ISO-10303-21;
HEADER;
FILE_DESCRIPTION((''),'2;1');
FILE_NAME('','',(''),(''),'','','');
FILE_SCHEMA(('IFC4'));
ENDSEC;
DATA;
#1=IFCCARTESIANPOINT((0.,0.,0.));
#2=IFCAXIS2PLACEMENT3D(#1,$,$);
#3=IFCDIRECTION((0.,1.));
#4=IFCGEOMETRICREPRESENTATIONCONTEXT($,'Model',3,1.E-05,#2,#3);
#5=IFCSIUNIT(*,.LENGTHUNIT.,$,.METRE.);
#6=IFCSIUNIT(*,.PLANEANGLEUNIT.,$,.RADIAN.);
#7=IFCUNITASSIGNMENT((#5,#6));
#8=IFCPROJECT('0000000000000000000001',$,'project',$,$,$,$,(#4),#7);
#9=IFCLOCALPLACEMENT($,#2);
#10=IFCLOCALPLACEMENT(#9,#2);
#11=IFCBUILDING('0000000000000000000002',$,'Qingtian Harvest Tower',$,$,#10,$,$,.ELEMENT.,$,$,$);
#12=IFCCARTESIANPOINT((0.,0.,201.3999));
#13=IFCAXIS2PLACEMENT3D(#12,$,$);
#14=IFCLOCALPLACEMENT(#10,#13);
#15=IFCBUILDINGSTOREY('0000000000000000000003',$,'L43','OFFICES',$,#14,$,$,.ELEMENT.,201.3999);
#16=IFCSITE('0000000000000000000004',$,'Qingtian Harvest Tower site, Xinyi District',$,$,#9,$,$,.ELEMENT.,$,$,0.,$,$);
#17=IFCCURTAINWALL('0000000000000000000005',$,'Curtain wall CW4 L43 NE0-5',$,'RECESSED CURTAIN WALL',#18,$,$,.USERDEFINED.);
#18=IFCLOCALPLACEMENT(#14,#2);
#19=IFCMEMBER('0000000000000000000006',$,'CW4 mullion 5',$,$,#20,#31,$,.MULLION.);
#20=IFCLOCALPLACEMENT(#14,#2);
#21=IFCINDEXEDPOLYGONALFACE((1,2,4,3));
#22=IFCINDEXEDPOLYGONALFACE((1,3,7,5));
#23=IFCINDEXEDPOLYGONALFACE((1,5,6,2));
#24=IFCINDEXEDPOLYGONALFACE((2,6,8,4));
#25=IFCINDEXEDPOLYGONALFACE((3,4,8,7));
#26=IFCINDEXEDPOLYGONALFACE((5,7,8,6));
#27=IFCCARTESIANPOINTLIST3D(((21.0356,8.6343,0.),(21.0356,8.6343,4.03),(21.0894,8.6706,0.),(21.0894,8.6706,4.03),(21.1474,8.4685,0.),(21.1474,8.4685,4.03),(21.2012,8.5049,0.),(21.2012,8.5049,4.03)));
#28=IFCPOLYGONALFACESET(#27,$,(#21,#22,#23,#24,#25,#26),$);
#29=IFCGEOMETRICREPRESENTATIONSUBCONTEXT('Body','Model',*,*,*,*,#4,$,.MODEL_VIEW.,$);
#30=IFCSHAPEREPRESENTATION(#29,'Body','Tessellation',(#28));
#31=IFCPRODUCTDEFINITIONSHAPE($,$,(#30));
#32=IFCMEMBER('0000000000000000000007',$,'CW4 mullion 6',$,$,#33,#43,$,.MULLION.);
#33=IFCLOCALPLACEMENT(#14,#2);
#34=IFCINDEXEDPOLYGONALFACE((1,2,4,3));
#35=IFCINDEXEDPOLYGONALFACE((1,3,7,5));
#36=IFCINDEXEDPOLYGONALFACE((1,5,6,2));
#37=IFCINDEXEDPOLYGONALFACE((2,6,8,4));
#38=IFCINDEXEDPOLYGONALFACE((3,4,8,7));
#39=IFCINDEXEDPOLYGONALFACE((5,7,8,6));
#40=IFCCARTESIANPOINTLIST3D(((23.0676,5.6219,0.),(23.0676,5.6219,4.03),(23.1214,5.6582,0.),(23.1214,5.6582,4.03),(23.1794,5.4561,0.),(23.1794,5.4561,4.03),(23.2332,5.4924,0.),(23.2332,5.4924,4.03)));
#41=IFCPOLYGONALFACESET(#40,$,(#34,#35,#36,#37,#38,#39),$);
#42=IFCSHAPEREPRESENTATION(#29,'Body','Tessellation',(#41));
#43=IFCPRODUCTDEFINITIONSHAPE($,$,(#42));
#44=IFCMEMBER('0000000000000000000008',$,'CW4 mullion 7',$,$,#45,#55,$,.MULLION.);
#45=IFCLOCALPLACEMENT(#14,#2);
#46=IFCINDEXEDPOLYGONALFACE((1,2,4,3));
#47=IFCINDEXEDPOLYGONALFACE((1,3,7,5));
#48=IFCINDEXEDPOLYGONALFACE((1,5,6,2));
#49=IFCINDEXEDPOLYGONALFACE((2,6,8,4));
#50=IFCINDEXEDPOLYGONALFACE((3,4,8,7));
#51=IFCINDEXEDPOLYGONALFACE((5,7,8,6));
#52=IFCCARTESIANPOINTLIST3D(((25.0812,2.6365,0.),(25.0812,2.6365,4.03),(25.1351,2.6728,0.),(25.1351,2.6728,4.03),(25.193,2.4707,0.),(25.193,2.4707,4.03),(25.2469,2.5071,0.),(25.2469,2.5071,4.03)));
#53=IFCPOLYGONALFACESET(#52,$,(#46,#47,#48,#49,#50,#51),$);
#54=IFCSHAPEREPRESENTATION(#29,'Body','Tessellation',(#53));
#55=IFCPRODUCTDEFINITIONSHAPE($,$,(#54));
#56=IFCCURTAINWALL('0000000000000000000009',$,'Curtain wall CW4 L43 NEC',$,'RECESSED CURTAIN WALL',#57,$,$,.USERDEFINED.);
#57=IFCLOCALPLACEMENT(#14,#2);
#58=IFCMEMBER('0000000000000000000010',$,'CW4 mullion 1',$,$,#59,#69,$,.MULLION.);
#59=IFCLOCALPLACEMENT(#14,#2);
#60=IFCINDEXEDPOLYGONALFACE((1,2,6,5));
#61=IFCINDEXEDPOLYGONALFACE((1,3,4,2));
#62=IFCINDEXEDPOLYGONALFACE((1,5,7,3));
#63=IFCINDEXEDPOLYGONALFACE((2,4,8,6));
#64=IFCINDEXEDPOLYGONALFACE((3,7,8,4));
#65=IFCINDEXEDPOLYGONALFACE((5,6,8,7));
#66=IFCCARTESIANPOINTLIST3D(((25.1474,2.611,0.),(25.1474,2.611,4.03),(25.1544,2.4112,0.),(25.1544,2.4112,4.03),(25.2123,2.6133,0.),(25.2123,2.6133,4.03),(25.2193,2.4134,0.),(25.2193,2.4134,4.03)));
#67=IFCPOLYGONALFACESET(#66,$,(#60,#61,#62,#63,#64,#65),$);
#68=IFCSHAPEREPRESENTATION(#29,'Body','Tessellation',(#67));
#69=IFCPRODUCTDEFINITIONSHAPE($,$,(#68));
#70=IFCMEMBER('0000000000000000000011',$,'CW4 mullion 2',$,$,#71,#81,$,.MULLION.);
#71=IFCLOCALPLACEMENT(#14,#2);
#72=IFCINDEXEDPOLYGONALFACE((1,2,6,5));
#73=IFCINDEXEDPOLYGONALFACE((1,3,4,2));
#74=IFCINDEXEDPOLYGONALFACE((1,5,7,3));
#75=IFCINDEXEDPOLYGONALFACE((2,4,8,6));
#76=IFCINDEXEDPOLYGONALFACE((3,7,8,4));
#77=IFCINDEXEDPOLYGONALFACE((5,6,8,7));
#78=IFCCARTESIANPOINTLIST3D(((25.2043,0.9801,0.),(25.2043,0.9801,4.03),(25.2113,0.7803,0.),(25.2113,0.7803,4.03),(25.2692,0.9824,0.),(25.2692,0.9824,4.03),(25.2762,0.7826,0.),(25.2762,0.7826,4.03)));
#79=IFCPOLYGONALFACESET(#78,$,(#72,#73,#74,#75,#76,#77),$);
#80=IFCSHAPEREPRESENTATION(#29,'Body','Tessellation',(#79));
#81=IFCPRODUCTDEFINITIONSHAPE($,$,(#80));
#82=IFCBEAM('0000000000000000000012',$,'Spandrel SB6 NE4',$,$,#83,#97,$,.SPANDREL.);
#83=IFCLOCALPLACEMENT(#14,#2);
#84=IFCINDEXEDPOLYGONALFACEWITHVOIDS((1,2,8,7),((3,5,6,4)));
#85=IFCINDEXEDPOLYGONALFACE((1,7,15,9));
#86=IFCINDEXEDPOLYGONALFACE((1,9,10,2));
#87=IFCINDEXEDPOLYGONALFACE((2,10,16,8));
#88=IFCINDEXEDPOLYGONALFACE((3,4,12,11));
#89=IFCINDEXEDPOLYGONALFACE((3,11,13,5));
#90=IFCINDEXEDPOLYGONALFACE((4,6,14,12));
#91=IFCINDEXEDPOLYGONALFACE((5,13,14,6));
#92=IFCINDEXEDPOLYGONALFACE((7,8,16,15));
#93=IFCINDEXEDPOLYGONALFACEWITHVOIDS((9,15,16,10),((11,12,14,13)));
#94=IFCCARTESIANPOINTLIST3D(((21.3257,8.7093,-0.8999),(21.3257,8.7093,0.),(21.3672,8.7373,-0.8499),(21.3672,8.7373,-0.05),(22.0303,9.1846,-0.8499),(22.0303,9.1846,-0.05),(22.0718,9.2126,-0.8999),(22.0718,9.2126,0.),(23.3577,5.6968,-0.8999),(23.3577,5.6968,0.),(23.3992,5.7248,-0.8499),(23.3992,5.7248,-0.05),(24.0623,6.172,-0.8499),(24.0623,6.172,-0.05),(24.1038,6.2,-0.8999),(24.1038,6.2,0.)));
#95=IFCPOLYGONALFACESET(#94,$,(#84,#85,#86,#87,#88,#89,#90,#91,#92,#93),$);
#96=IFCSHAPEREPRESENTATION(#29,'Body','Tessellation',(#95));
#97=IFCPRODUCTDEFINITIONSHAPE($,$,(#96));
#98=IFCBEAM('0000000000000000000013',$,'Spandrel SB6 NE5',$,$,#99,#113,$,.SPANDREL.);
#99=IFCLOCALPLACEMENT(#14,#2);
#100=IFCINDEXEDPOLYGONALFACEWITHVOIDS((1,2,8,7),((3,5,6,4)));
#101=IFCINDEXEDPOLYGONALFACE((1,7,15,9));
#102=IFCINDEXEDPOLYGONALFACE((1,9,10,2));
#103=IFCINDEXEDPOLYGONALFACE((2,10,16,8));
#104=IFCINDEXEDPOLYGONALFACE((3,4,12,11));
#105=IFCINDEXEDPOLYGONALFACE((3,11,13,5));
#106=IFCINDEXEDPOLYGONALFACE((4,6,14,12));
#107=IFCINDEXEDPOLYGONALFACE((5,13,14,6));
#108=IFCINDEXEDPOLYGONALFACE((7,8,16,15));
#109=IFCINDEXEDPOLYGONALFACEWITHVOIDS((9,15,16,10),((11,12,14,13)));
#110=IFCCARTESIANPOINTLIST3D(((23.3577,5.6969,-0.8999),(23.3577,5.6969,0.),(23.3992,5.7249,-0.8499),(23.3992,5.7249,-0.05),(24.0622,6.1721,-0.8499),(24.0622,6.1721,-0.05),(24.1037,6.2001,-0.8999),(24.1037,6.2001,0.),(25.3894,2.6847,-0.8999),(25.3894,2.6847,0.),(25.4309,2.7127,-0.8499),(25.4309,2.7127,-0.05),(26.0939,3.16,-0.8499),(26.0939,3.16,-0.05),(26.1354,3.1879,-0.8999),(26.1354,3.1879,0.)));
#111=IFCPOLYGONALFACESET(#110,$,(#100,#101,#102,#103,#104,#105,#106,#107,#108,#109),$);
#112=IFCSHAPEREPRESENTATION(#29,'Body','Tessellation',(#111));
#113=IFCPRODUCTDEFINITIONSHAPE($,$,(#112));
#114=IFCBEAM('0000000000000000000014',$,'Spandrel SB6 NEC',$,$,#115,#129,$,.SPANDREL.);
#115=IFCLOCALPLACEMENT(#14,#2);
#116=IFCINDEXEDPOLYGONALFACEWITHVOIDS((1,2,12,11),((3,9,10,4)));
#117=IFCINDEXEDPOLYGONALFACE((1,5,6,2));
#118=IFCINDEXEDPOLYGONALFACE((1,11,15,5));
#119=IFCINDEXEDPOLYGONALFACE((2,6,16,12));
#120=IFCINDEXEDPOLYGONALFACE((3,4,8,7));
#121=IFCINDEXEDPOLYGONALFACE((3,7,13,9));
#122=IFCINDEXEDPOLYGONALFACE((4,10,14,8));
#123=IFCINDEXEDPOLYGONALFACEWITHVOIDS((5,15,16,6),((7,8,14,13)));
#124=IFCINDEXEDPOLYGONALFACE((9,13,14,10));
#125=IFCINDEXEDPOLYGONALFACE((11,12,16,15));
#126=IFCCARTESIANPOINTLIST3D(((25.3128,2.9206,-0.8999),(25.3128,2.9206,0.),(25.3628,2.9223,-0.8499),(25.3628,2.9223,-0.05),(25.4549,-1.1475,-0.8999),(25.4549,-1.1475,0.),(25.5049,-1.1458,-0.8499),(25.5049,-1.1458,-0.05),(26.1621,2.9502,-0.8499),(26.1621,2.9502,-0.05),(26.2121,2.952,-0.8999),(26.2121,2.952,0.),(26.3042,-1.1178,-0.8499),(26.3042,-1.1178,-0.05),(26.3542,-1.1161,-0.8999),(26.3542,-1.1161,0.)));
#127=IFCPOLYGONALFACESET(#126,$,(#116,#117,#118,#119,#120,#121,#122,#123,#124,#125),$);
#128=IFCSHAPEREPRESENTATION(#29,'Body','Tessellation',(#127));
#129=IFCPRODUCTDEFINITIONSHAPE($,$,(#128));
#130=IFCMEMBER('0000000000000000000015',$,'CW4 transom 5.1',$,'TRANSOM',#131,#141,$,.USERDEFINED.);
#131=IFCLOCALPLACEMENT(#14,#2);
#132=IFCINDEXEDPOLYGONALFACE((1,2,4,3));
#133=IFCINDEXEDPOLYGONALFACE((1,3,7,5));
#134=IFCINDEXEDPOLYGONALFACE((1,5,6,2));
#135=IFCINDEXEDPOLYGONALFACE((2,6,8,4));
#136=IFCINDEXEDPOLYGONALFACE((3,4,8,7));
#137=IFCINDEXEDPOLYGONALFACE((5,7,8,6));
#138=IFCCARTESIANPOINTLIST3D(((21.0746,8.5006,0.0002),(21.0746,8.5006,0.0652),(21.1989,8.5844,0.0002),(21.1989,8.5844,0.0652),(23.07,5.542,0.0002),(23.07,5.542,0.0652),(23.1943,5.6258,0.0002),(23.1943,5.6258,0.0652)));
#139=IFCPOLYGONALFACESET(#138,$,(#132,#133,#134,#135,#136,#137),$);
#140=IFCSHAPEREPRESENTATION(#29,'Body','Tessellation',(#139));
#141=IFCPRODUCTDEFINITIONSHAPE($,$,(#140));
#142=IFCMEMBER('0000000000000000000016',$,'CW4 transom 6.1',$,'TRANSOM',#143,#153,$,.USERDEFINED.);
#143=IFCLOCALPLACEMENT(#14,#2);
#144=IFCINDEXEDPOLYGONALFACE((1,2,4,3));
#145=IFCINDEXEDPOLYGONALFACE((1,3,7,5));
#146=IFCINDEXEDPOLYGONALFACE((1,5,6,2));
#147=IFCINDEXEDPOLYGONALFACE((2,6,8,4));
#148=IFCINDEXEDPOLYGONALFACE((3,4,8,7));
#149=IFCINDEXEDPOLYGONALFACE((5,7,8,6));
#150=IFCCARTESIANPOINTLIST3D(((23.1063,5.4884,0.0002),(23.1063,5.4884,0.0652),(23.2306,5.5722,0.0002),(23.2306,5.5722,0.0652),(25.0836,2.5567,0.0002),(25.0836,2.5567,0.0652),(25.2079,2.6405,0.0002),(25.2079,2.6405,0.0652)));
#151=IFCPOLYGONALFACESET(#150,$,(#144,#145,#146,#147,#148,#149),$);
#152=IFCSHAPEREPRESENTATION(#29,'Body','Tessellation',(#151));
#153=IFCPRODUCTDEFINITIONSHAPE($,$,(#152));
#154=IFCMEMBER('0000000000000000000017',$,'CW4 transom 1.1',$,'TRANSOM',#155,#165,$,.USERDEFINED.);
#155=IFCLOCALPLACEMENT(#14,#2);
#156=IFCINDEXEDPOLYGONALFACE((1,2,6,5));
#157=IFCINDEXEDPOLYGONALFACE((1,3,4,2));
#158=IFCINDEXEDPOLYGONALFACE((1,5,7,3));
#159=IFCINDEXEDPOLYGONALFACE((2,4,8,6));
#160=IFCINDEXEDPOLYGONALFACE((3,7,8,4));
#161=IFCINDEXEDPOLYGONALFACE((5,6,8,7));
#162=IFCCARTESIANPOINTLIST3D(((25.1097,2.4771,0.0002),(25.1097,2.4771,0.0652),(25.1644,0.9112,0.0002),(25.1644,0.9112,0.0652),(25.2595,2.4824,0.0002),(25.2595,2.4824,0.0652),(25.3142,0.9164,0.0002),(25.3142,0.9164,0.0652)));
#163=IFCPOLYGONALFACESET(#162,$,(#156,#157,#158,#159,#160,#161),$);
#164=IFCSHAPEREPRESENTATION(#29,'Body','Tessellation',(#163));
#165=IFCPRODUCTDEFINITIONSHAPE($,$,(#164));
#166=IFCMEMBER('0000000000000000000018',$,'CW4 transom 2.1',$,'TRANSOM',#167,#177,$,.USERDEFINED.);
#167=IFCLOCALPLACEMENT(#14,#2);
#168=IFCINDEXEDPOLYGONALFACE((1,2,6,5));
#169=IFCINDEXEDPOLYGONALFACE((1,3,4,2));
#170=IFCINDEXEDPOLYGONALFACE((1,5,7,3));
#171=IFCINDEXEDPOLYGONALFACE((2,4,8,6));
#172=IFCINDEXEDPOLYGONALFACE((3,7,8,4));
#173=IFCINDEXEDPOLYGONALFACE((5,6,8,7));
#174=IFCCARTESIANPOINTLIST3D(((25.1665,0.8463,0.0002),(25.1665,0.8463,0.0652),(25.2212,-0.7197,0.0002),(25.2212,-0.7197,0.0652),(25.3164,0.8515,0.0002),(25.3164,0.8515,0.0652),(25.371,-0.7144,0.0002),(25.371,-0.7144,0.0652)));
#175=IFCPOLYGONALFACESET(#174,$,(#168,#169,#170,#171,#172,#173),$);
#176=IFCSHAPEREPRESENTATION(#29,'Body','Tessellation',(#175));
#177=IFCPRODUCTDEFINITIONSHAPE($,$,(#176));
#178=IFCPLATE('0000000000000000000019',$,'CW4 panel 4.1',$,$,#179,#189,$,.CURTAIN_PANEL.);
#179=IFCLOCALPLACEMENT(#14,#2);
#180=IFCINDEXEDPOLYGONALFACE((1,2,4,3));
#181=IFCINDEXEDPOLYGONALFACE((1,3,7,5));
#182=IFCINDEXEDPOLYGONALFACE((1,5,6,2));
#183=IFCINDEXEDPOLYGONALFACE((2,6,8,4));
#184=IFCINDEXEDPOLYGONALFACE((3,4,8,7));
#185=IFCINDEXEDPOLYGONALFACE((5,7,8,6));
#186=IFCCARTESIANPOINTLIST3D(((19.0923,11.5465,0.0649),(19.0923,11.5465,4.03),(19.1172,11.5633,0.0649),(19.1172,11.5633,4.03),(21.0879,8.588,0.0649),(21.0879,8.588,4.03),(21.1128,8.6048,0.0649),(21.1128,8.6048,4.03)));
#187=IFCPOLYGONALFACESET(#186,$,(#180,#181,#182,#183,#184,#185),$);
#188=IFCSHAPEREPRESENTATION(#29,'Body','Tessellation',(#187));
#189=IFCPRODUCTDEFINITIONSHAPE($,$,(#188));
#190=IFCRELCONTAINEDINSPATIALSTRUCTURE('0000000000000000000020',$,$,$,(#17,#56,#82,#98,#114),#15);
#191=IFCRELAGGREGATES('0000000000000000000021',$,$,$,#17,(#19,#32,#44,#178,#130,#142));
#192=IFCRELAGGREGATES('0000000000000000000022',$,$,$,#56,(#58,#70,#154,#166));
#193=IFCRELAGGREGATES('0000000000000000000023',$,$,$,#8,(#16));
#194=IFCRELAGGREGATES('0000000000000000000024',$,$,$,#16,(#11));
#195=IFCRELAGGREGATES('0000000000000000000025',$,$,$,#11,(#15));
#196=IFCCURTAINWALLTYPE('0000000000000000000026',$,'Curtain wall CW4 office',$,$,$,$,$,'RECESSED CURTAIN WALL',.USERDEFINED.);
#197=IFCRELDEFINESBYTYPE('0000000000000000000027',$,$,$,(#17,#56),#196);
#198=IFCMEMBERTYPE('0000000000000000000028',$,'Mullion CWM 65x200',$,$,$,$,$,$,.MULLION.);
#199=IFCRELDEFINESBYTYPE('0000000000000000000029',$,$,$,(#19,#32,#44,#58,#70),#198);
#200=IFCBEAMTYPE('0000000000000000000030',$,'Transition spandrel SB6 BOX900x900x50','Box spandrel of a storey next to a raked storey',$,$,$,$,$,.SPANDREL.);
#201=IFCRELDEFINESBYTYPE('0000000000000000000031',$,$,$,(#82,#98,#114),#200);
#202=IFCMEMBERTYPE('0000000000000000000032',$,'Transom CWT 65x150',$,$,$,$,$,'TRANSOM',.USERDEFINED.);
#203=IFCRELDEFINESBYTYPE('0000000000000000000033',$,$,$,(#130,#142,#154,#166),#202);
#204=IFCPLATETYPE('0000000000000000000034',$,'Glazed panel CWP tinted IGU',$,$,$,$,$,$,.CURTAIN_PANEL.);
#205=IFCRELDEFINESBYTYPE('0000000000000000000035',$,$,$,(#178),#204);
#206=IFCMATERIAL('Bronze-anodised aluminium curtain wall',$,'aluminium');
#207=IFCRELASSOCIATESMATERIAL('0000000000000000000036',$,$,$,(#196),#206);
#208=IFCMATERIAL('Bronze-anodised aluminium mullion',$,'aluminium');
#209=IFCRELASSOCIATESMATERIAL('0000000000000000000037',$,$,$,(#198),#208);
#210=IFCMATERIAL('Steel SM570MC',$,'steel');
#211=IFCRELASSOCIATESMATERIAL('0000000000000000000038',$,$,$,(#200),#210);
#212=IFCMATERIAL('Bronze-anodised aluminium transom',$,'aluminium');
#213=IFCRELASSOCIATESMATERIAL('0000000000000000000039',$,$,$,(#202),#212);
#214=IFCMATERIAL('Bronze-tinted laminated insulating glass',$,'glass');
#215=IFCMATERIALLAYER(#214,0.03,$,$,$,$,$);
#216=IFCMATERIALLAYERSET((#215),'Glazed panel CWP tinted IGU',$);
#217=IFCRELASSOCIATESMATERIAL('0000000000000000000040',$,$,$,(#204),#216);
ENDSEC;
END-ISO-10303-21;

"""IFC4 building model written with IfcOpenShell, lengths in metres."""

from ifc_helpers import new_model, si_unit, direction, frame, origin, origin_2d, place, context, subcontext, project, spatial, rectangle, hollow_rectangle, extrude, material, layer, layer_set, material_profile, profile_set, type_object, element, aggregate, save


model = new_model("IFC4")

# Units and contexts
model_context = context("Model", 3, precision=1e-05, world=origin(), true_north=direction((0.0, 1.0)))
body_context = subcontext(model_context, "Body", "Model", "MODEL_VIEW")
ifc_project = project(units=[si_unit("LENGTHUNIT", "METRE"), si_unit("PLANEANGLEUNIT", "RADIAN")], contexts=[model_context])

# Site, building, storey
site_placement = place(None, origin())
site = spatial("IfcSite", under=ifc_project, at=site_placement, Name="Qingtian Harvest Tower site, Xinyi District", CompositionType="ELEMENT", RefElevation=0.0)
building_placement = place(site_placement, origin())
building = spatial("IfcBuilding", under=site, at=building_placement, Name="Qingtian Harvest Tower", CompositionType="ELEMENT")
storey_placement = place(building_placement, frame((0.0, 0.0, 201.3999)))
storey = spatial("IfcBuildingStorey", under=building, at=storey_placement, Name="L43", Description="OFFICES", CompositionType="ELEMENT", Elevation=201.3999)

# Curtain walls, members
ifc_material_1 = material(Name="Bronze-anodised aluminium curtain wall", Category="aluminium")
curtain_wall_type = type_object("IfcCurtainWallType", Name="Curtain wall CW4 office", ElementType="RECESSED CURTAIN WALL", PredefinedType="USERDEFINED", material=ifc_material_1)
curtain_wall_1_placement = place(storey_placement, origin())
curtain_wall_1 = element("IfcCurtainWall", 1, at=curtain_wall_1_placement, inside=storey, type_object=curtain_wall_type, Name="Curtain wall CW4 L43 NE0-5", ObjectType="RECESSED CURTAIN WALL", PredefinedType="USERDEFINED")
ifc_material_2 = material(Name="Bronze-anodised aluminium mullion", Category="aluminium")
ifc_material_profile_1 = material_profile(ifc_material_2, rectangle(XDim=0.0649, YDim=0.2, at=origin_2d()), Name="AL 65x200")
ifc_profile_set_1 = profile_set([ifc_material_profile_1], Name="Bronze-anodised aluminium mullion")
member_type_1 = type_object("IfcMemberType", Name="Mullion CWM 65x200", PredefinedType="MULLION", material=ifc_profile_set_1)
member_1_placement = place(storey_placement, frame((21.1184, 8.5696, 0.0), z_axis=(0.0, 0.0, 1.0), x_axis=(0.829038, 0.559193, 0.0)))
member_1 = element("IfcMember", 2, at=member_1_placement, type_object=member_type_1, Name="CW4 mullion 5", PredefinedType="MULLION", context=body_context, shape_type="SweptSolid", body=[
    extrude(rectangle(XDim=0.0649, YDim=0.2, at=origin_2d()), origin(), (0.0, 0.0, 1.0), 4.03),
])
member_2_placement = place(storey_placement, frame((23.1504, 5.5571, 0.0), z_axis=(0.0, 0.0, 1.0), x_axis=(0.829038, 0.559193, 0.0)))
member_2 = element("IfcMember", 3, at=member_2_placement, type_object=member_type_1, Name="CW4 mullion 6", PredefinedType="MULLION", context=body_context, shape_type="SweptSolid", body=[
    extrude(rectangle(XDim=0.0649, YDim=0.2, at=origin_2d()), origin(), (0.0, 0.0, 1.0), 4.03),
])
member_3_placement = place(storey_placement, frame((25.1641, 2.5718, 0.0), z_axis=(0.0, 0.0, 1.0), x_axis=(0.829038, 0.559193, 0.0)))
member_3 = element("IfcMember", 4, at=member_3_placement, type_object=member_type_1, Name="CW4 mullion 7", PredefinedType="MULLION", context=body_context, shape_type="SweptSolid", body=[
    extrude(rectangle(XDim=0.0649, YDim=0.2, at=origin_2d()), origin(), (0.0, 0.0, 1.0), 4.03),
])
curtain_wall_2_placement = place(storey_placement, origin())
curtain_wall_2 = element("IfcCurtainWall", 5, at=curtain_wall_2_placement, inside=storey, type_object=curtain_wall_type, Name="Curtain wall CW4 L43 NEC", ObjectType="RECESSED CURTAIN WALL", PredefinedType="USERDEFINED")
member_4_placement = place(storey_placement, frame((25.1833, 2.5122, 0.0), z_axis=(0.0, 0.0, 1.0), x_axis=(0.999391, 0.034899, 0.0)))
member_4 = element("IfcMember", 6, at=member_4_placement, type_object=member_type_1, Name="CW4 mullion 1", PredefinedType="MULLION", context=body_context, shape_type="SweptSolid", body=[
    extrude(rectangle(XDim=0.0649, YDim=0.2, at=origin_2d()), origin(), (0.0, 0.0, 1.0), 4.03),
])
member_5_placement = place(storey_placement, frame((25.2402, 0.8813, 0.0), z_axis=(0.0, 0.0, 1.0), x_axis=(0.999391, 0.034899, 0.0)))
member_5 = element("IfcMember", 7, at=member_5_placement, type_object=member_type_1, Name="CW4 mullion 2", PredefinedType="MULLION", context=body_context, shape_type="SweptSolid", body=[
    extrude(rectangle(XDim=0.0649, YDim=0.2, at=origin_2d()), origin(), (0.0, 0.0, 1.0), 4.03),
])

# Beams
ifc_material_3 = material(Name="Steel SM570MC", Category="steel")
ifc_material_profile_2 = material_profile(ifc_material_3, hollow_rectangle(XDim=0.8999, YDim=0.8999, WallThickness=0.05, at=origin_2d()), Name="BOX900x900x50")
ifc_profile_set_2 = profile_set([ifc_material_profile_2], Name="Steel SM570MC")
beam_type_1 = type_object("IfcBeamType", Name="Transition spandrel SB6 BOX900x900x50", Description="Box spandrel of a storey next to a raked storey", PredefinedType="SPANDREL", material=ifc_profile_set_2)
beam_1_placement = place(storey_placement, frame((21.6987, 8.9609, -0.45), z_axis=(0.559204, -0.82903, 0.0), x_axis=(0.82903, 0.559204, 0.0)))
element("IfcBeam", 8, at=beam_1_placement, inside=storey, type_object=beam_type_1, Name="Spandrel SB6 NE4", PredefinedType="SPANDREL", context=body_context, shape_type="SweptSolid", body=[
    extrude(hollow_rectangle(XDim=0.8999, YDim=0.8999, WallThickness=0.05, at=origin_2d()), origin(), (0.0, 0.0, 1.0), 3.6338),
])
beam_2_placement = place(storey_placement, frame((23.7307, 5.9485, -0.45), z_axis=(0.559189, -0.82904, 0.0), x_axis=(0.82904, 0.559189, 0.0)))
element("IfcBeam", 9, at=beam_2_placement, inside=storey, type_object=beam_type_1, Name="Spandrel SB6 NE5", PredefinedType="SPANDREL", context=body_context, shape_type="SweptSolid", body=[
    extrude(hollow_rectangle(XDim=0.8999, YDim=0.8999, WallThickness=0.05, at=origin_2d()), origin(), (0.0, 0.0, 1.0), 3.6333),
])
beam_3_placement = place(storey_placement, frame((25.7625, 2.9363, -0.45), z_axis=(0.034906, -0.999391, 0.0), x_axis=(0.999391, 0.034906, 0.0)))
element("IfcBeam", 10, at=beam_3_placement, inside=storey, type_object=beam_type_1, Name="Spandrel SB6 NEC", PredefinedType="SPANDREL", context=body_context, shape_type="SweptSolid", body=[
    extrude(hollow_rectangle(XDim=0.8999, YDim=0.8999, WallThickness=0.05, at=origin_2d()), origin(), (0.0, 0.0, 1.0), 4.0706),
])

# Members
ifc_material_4 = material(Name="Bronze-anodised aluminium transom", Category="aluminium")
ifc_material_profile_3 = material_profile(ifc_material_4, rectangle(XDim=0.1499, YDim=0.0649, at=origin_2d()), Name="AL 65x150")
ifc_profile_set_3 = profile_set([ifc_material_profile_3], Name="Bronze-anodised aluminium transom")
member_type_2 = type_object("IfcMemberType", Name="Transom CWT 65x150", ElementType="TRANSOM", PredefinedType="USERDEFINED", material=ifc_profile_set_3)
member_6_placement = place(storey_placement, frame((21.1367, 8.5425, 0.0327), z_axis=(0.55916, -0.82906, 0.0), x_axis=(0.82906, 0.55916, 0.0)))
member_6 = element("IfcMember", 11, at=member_6_placement, type_object=member_type_2, Name="CW4 transom 5.1", ObjectType="TRANSOM", PredefinedType="USERDEFINED", context=body_context, shape_type="SweptSolid", body=[
    extrude(rectangle(XDim=0.1499, YDim=0.0649, at=origin_2d()), origin(), (0.0, 0.0, 1.0), 3.5686),
])
member_7_placement = place(storey_placement, frame((23.1685, 5.5303, 0.0327), z_axis=(0.559169, -0.829054, 0.0), x_axis=(0.829054, 0.559169, 0.0)))
member_7 = element("IfcMember", 12, at=member_7_placement, type_object=member_type_2, Name="CW4 transom 6.1", ObjectType="TRANSOM", PredefinedType="USERDEFINED", context=body_context, shape_type="SweptSolid", body=[
    extrude(rectangle(XDim=0.1499, YDim=0.0649, at=origin_2d()), origin(), (0.0, 0.0, 1.0), 3.5361),
])
member_8_placement = place(storey_placement, frame((25.1846, 2.4797, 0.0327), z_axis=(0.034902, -0.999391, 0.0), x_axis=(0.999391, 0.034902, 0.0)))
member_8 = element("IfcMember", 13, at=member_8_placement, type_object=member_type_2, Name="CW4 transom 1.1", ObjectType="TRANSOM", PredefinedType="USERDEFINED", context=body_context, shape_type="SweptSolid", body=[
    extrude(rectangle(XDim=0.1499, YDim=0.0649, at=origin_2d()), origin(), (0.0, 0.0, 1.0), 1.5669),
])
member_9_placement = place(storey_placement, frame((25.2415, 0.8489, 0.0327), z_axis=(0.034902, -0.999391, 0.0), x_axis=(0.999391, 0.034902, 0.0)))
member_9 = element("IfcMember", 14, at=member_9_placement, type_object=member_type_2, Name="CW4 transom 2.1", ObjectType="TRANSOM", PredefinedType="USERDEFINED", context=body_context, shape_type="SweptSolid", body=[
    extrude(rectangle(XDim=0.1499, YDim=0.0649, at=origin_2d()), origin(), (0.0, 0.0, 1.0), 1.5669),
])

# Plate
ifc_material_5 = material(Name="Bronze-tinted laminated insulating glass", Category="glass")
ifc_layer_1 = layer(ifc_material_5, 0.03)
ifc_layer_set_1 = layer_set([ifc_layer_1], Name="Glazed panel CWP tinted IGU")
plate_type = type_object("IfcPlateType", Name="Glazed panel CWP tinted IGU", PredefinedType="CURTAIN_PANEL", material=ifc_layer_set_1)
plate_1_placement = place(storey_placement, frame((20.1025, 10.0757, 0.0649), z_axis=(0.0, 0.0, 1.0), x_axis=(0.559193, -0.829038, 0.0)))
plate_1 = element("IfcPlate", 15, at=plate_1_placement, type_object=plate_type, Name="CW4 panel 4.1", PredefinedType="CURTAIN_PANEL", context=body_context, shape_type="SweptSolid", body=[
    extrude(rectangle(XDim=3.5686, YDim=0.03, at=origin_2d()), origin(), (0.0, 0.0, 1.0), 3.9651),
])
aggregate(curtain_wall_1, [member_1, member_2, member_3, plate_1, member_6, member_7])
aggregate(curtain_wall_2, [member_4, member_5, member_8, member_9])

save(model, "model.ifc")
